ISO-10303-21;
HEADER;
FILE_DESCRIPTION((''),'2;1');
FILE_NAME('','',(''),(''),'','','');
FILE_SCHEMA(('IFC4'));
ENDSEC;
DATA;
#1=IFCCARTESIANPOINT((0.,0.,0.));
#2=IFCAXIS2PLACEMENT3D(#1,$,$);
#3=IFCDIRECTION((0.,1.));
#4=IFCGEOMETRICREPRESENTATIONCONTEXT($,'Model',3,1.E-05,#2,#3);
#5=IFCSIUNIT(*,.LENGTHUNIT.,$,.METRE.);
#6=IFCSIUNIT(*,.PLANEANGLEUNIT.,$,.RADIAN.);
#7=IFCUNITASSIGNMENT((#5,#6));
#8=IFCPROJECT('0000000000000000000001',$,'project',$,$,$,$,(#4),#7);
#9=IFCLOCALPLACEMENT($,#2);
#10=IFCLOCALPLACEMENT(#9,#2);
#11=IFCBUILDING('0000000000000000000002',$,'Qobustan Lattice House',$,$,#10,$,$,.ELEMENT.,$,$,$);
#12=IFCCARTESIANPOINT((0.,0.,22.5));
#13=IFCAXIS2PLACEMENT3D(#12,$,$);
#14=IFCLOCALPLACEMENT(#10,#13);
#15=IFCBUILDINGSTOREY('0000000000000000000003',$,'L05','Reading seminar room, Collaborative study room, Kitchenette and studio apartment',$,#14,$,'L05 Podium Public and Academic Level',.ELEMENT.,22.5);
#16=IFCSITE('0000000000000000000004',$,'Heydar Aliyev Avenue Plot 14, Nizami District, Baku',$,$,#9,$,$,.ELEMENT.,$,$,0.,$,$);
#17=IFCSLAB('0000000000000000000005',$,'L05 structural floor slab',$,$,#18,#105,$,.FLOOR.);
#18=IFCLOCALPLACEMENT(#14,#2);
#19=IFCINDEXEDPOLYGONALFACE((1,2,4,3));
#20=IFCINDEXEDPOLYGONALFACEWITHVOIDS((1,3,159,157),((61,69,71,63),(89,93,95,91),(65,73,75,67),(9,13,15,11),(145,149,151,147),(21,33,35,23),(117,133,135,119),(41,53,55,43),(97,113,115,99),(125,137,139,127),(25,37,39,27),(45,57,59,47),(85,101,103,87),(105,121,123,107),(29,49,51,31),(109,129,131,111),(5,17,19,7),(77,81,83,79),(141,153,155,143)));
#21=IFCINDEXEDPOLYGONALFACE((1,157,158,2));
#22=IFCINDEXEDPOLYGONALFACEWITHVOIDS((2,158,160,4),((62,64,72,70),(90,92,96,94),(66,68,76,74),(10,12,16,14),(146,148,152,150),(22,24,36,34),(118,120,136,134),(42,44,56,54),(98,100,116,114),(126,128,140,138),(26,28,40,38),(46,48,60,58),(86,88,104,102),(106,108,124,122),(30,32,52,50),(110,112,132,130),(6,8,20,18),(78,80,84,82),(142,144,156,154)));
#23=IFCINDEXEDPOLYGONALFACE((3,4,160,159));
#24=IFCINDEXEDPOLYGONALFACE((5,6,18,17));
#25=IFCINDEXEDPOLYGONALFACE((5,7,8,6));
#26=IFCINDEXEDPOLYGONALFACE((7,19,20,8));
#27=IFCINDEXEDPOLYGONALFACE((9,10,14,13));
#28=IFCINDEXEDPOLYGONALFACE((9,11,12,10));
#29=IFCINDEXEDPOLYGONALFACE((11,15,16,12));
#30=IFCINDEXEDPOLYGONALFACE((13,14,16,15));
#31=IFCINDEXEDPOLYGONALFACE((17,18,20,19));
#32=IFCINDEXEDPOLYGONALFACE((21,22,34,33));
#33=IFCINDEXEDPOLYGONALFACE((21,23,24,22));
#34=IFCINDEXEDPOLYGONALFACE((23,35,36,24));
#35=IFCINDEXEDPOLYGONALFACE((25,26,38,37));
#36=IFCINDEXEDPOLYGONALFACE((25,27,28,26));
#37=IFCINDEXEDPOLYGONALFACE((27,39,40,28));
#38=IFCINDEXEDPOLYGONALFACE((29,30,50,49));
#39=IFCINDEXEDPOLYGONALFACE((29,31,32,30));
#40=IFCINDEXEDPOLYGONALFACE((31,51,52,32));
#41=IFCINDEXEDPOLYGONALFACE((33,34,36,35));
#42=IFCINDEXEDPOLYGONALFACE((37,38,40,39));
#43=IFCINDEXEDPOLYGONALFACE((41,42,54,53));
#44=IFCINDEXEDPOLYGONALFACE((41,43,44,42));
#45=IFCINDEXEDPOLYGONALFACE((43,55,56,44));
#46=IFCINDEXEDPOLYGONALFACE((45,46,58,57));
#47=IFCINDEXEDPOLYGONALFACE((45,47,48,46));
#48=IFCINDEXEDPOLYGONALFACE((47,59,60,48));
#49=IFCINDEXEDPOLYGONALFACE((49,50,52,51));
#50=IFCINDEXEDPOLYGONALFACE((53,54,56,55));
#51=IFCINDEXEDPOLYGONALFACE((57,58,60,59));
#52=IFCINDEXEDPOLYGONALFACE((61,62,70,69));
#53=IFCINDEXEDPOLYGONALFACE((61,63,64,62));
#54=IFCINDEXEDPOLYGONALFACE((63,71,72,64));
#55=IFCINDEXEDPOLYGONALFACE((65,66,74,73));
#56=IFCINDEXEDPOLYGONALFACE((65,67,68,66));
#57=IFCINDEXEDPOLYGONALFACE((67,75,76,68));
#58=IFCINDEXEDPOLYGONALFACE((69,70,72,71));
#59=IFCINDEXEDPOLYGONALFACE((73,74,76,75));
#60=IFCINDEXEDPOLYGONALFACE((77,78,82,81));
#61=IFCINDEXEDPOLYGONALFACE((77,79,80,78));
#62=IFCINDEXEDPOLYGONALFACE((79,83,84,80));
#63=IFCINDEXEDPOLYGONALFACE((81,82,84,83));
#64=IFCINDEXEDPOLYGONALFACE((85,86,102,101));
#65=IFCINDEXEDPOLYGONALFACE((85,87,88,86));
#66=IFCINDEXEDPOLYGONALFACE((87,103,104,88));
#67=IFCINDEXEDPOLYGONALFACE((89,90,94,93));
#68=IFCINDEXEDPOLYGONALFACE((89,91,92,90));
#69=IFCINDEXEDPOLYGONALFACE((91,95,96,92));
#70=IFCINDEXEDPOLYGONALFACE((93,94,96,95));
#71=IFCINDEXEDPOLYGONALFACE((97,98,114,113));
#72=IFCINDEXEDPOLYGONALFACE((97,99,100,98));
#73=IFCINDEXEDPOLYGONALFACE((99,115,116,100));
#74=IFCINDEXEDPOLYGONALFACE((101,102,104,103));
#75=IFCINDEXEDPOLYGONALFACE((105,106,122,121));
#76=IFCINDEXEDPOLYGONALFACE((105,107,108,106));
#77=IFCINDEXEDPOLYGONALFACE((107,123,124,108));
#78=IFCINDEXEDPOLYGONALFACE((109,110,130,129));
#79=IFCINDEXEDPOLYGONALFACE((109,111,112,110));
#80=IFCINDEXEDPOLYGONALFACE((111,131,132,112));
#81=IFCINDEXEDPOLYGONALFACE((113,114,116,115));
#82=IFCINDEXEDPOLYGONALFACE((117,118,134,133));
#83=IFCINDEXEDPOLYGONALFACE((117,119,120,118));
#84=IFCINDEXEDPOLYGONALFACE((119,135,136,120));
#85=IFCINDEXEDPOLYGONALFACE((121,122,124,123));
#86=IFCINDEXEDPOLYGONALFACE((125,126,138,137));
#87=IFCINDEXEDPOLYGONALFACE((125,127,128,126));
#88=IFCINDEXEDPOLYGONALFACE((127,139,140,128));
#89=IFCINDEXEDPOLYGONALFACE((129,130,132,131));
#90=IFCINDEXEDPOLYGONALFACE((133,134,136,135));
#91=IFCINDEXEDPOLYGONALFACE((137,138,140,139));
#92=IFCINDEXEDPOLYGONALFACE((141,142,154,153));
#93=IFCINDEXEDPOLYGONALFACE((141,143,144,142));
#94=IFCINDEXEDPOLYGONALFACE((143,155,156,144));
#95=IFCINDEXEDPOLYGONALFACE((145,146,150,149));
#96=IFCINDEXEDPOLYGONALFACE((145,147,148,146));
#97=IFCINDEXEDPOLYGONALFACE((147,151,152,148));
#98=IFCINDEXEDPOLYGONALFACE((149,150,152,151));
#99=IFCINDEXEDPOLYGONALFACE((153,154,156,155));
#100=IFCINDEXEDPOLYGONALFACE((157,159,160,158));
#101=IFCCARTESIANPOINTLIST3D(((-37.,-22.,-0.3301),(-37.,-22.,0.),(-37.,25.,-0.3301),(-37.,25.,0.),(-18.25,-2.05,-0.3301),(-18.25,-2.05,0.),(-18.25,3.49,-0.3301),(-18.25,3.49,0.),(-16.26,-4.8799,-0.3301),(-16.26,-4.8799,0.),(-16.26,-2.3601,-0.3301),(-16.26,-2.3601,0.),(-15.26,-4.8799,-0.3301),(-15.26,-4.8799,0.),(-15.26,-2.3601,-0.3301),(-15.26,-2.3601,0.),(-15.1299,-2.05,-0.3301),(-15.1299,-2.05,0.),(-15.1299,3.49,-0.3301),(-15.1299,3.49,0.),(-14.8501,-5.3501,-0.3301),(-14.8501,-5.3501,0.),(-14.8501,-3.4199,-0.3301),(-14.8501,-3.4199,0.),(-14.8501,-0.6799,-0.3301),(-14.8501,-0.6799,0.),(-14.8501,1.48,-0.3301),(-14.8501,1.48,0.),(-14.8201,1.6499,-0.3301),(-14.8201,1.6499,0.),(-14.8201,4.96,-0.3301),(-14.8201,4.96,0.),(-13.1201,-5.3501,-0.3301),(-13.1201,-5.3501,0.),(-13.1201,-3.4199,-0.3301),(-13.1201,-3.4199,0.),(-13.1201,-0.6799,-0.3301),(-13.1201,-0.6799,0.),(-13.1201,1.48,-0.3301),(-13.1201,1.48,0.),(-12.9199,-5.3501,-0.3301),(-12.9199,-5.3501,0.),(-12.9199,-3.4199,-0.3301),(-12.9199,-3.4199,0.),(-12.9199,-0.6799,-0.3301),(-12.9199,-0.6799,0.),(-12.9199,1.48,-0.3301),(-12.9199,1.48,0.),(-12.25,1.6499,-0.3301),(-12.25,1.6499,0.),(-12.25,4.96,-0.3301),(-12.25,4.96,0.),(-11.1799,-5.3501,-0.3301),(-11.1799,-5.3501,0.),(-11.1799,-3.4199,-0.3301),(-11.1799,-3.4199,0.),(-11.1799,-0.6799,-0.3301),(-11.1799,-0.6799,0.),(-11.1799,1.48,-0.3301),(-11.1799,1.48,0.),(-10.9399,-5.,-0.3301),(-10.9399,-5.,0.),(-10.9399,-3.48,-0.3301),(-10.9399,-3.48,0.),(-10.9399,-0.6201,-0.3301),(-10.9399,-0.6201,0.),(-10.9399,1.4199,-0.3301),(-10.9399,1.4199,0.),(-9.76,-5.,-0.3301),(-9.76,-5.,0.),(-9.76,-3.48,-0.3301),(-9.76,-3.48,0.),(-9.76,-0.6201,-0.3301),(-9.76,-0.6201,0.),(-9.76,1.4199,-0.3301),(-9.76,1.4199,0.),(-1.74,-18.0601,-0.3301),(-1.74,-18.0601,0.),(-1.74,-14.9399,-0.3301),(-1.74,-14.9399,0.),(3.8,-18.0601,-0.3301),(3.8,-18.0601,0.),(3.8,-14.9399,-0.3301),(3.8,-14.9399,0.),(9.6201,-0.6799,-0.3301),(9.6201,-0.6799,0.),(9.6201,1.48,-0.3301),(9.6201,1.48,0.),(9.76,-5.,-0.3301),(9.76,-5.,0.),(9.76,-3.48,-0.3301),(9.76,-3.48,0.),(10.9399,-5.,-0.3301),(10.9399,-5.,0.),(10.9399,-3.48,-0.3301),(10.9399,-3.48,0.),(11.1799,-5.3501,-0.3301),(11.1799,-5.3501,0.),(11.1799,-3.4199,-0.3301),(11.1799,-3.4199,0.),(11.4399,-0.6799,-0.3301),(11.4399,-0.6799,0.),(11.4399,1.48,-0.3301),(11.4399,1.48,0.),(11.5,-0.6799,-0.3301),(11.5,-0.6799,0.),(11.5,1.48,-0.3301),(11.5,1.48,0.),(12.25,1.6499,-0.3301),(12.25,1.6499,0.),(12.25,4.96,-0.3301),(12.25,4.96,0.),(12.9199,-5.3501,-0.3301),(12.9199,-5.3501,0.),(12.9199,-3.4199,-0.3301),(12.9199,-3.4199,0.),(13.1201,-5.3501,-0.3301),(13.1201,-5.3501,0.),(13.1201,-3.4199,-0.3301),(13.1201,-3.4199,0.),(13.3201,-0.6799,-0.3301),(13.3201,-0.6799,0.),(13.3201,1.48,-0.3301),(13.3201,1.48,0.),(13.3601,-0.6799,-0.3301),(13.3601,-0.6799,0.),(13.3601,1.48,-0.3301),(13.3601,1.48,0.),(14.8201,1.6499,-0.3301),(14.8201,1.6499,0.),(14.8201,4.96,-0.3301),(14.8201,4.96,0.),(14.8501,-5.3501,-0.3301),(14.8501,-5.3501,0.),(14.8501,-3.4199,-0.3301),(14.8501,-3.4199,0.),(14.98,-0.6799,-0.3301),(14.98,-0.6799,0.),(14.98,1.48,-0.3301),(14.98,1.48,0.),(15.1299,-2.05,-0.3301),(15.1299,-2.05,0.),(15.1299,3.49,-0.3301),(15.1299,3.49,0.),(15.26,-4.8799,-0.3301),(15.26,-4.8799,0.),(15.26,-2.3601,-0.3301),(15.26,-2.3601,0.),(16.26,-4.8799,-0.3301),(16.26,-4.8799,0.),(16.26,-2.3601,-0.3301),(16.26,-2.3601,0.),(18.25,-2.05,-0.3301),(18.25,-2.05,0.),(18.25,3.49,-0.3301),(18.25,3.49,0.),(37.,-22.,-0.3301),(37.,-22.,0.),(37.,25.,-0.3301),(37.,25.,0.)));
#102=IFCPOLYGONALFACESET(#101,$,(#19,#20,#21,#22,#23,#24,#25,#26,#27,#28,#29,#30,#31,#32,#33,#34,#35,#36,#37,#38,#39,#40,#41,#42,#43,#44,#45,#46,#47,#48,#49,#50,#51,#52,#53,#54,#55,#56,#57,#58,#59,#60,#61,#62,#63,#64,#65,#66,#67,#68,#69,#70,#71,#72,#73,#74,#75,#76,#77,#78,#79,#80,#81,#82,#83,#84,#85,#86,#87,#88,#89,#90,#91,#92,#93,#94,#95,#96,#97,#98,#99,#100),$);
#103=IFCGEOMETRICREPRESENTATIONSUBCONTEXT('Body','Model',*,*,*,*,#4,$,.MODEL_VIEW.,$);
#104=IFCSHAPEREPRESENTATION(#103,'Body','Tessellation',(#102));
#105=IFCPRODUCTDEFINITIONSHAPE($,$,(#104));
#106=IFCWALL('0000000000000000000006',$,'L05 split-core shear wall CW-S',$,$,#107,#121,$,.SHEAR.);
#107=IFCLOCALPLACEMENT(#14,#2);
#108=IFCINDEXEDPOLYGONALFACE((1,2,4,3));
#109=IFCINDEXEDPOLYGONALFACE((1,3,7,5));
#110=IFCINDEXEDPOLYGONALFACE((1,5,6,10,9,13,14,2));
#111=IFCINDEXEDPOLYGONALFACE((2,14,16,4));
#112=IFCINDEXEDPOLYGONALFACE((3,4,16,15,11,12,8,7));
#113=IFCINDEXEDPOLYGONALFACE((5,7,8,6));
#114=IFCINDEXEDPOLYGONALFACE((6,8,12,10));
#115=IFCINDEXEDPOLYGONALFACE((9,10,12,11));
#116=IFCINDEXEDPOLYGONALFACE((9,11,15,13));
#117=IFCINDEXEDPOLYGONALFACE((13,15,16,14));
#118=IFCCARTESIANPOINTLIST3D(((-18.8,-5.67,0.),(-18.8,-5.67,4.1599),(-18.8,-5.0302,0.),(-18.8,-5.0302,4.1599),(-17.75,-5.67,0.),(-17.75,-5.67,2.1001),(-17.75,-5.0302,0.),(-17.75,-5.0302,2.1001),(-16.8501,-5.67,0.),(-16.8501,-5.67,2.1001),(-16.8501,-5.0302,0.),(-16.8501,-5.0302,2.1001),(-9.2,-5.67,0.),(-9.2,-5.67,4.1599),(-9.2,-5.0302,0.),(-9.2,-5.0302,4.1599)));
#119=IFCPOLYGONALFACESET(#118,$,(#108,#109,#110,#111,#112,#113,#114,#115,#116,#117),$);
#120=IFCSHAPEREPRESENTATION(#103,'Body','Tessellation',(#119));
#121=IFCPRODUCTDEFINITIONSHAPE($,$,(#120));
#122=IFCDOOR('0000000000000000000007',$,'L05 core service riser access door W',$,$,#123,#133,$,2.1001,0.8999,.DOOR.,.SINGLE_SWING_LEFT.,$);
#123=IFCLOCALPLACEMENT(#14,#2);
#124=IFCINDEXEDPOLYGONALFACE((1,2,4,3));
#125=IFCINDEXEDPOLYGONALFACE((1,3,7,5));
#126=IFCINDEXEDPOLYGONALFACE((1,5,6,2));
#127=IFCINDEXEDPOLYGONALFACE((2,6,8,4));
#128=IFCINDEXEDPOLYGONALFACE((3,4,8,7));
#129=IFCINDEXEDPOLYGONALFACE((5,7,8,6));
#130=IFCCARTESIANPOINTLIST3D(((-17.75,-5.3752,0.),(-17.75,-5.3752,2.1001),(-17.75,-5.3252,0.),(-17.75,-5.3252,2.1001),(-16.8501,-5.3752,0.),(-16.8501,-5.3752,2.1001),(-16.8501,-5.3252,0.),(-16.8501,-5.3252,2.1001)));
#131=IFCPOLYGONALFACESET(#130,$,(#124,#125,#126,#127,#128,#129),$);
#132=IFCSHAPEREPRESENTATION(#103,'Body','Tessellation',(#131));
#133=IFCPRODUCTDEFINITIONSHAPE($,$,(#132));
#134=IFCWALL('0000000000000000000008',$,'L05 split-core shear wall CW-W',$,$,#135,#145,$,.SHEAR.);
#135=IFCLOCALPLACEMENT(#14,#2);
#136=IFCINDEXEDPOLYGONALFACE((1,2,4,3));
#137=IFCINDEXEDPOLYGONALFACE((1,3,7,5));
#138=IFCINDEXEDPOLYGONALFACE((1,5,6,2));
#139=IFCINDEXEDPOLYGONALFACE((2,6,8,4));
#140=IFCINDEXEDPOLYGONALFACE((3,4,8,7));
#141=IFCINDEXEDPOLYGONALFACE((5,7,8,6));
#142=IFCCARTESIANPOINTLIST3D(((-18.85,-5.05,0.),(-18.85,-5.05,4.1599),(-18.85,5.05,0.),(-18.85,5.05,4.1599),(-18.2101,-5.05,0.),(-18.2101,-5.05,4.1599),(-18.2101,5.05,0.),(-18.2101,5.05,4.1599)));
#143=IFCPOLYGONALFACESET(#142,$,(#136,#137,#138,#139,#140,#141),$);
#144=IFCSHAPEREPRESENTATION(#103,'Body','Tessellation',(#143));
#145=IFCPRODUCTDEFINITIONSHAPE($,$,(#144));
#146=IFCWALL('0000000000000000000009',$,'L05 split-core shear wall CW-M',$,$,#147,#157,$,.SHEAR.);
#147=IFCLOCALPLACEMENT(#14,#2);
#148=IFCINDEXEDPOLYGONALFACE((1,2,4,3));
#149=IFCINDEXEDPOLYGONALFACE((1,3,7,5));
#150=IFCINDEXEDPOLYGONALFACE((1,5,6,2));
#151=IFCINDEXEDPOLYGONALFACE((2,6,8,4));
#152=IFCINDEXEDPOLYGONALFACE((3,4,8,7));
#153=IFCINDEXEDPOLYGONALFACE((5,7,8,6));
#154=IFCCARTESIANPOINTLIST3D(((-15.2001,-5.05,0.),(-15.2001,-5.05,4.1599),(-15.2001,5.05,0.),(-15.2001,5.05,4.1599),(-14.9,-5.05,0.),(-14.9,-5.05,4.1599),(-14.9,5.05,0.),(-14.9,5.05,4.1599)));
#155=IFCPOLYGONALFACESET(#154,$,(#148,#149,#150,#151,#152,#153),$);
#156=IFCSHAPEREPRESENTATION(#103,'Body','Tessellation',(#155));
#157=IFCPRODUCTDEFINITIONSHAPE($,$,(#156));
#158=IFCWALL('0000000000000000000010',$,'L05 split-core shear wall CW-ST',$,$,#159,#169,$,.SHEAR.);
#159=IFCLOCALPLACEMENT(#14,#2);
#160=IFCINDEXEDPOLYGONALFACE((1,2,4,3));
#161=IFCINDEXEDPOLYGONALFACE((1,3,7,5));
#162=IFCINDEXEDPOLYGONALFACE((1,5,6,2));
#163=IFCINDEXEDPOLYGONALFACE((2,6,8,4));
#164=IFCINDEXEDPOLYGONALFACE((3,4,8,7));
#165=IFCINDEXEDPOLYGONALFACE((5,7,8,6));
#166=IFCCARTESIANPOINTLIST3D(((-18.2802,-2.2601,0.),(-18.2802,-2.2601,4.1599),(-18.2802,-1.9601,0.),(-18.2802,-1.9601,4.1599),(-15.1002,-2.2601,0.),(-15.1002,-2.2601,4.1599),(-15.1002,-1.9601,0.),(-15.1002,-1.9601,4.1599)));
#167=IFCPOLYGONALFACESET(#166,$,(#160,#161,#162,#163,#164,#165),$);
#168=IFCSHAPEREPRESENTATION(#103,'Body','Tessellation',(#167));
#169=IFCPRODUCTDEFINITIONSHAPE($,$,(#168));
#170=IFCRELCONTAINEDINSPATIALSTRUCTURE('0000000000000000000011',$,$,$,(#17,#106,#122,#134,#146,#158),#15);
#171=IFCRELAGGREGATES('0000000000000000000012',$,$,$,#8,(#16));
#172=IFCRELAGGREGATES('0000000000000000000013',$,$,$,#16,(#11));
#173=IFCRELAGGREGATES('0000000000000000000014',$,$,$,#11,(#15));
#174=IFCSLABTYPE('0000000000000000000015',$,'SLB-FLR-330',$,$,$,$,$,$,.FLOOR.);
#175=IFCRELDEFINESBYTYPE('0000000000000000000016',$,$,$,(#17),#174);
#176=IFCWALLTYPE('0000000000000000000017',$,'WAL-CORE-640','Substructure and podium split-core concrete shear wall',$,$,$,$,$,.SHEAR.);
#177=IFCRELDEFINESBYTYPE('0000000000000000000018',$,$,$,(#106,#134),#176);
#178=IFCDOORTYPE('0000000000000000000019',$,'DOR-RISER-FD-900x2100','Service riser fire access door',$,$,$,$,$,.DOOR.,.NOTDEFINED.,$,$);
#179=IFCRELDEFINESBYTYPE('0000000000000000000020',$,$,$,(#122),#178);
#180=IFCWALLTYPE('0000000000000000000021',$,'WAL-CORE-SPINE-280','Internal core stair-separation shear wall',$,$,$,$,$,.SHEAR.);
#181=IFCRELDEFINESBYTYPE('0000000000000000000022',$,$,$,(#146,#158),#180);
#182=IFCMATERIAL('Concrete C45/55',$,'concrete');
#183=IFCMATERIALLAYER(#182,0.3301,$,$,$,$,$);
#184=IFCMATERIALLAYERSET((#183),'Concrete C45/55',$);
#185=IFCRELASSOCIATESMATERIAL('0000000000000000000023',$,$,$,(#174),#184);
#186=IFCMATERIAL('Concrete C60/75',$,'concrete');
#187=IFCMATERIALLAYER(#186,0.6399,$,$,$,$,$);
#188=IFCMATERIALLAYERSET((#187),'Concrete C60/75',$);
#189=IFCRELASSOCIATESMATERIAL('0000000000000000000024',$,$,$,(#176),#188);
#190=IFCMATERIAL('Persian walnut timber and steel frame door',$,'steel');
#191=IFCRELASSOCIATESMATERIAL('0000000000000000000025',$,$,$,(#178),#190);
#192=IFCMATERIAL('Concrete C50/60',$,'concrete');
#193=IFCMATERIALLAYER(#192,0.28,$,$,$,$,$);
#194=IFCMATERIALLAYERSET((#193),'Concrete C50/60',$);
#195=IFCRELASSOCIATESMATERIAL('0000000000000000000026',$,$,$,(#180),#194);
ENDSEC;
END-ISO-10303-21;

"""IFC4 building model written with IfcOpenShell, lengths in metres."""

from ifc_helpers import new_model, si_unit, direction, frame, frame_2d, origin, place, context, subcontext, project, spatial, polyline, rectangle, outline, extrude, material, layer, layer_set, type_object, element, fill, save


model = new_model("IFC4")

# Units and contexts
model_context = context("Model", 3, precision=1e-05, world=origin(), true_north=direction((0.0, 1.0)))
body_context = subcontext(model_context, "Body", "Model", "MODEL_VIEW")
ifc_project = project(units=[si_unit("LENGTHUNIT", "METRE"), si_unit("PLANEANGLEUNIT", "RADIAN")], contexts=[model_context])

# Site, building, storey
site_placement = place(None, origin())
site = spatial("IfcSite", under=ifc_project, at=site_placement, Name="Heydar Aliyev Avenue Plot 14, Nizami District, Baku", CompositionType="ELEMENT", RefElevation=0.0)
building_placement = place(site_placement, origin())
building = spatial("IfcBuilding", under=site, at=building_placement, Name="Qobustan Lattice House", CompositionType="ELEMENT")
storey_placement = place(building_placement, frame((0.0, 0.0, 22.5)))
storey = spatial("IfcBuildingStorey", under=building, at=storey_placement, Name="L05", Description="Reading seminar room, Collaborative study room, Kitchenette and studio apartment", LongName="L05 Podium Public and Academic Level", CompositionType="ELEMENT", Elevation=22.5)

# Slab
ifc_material_1 = material(Name="Concrete C45/55", Category="concrete")
ifc_layer_1 = layer(ifc_material_1, 0.3301)
ifc_layer_set_1 = layer_set([ifc_layer_1], Name="Concrete C45/55")
slab_type = type_object("IfcSlabType", Name="SLB-FLR-330", PredefinedType="FLOOR", material=ifc_layer_set_1)
slab_placement = place(storey_placement, frame((0.0, 0.0, -0.3301)))
element("IfcSlab", 1, at=slab_placement, inside=storey, type_object=slab_type, Name="L05 structural floor slab", PredefinedType="FLOOR", context=body_context, shape_type="SweptSolid", body=[
    extrude(outline(polyline([(-37.0, -22.0), (37.0, -22.0), (37.0, 25.0), (-37.0, 25.0), (-37.0, -22.0)]), holes=[polyline([(-18.25, -2.05), (-18.25, 3.49), (-15.1299, 3.49), (-15.1299, -2.05), (-18.25, -2.05)]), polyline([(15.1299, -2.05), (15.1299, 3.49), (18.25, 3.49), (18.25, -2.05), (15.1299, -2.05)]), polyline([(-14.8201, 1.6499), (-14.8201, 4.96), (-12.25, 4.96), (-12.25, 1.6499), (-14.8201, 1.6499)]), polyline([(12.25, 1.6499), (12.25, 4.96), (14.8201, 4.96), (14.8201, 1.6499), (12.25, 1.6499)]), polyline([(-16.26, -4.8799), (-16.26, -2.3601), (-15.26, -2.3601), (-15.26, -4.8799), (-16.26, -4.8799)]), polyline([(15.26, -4.8799), (15.26, -2.3601), (16.26, -2.3601), (16.26, -4.8799), (15.26, -4.8799)]), polyline([(-14.8501, -5.3501), (-14.8501, -3.4199), (-13.1201, -3.4199), (-13.1201, -5.3501), (-14.8501, -5.3501)]), polyline([(-12.9199, -5.3501), (-12.9199, -3.4199), (-11.1799, -3.4199), (-11.1799, -5.3501), (-12.9199, -5.3501)]), polyline([(-14.8501, -0.6799), (-14.8501, 1.48), (-13.1201, 1.48), (-13.1201, -0.6799), (-14.8501, -0.6799)]), polyline([(-12.9199, -0.6799), (-12.9199, 1.48), (-11.1799, 1.48), (-11.1799, -0.6799), (-12.9199, -0.6799)]), polyline([(-10.9399, -5.0), (-10.9399, -3.48), (-9.76, -3.48), (-9.76, -5.0), (-10.9399, -5.0)]), polyline([(-10.9399, -0.6201), (-10.9399, 1.4199), (-9.76, 1.4199), (-9.76, -0.6201), (-10.9399, -0.6201)]), polyline([(11.1799, -5.3501), (11.1799, -3.4199), (12.9199, -3.4199), (12.9199, -5.3501), (11.1799, -5.3501)]), polyline([(13.1201, -5.3501), (13.1201, -3.4199), (14.8501, -3.4199), (14.8501, -5.3501), (13.1201, -5.3501)]), polyline([(9.76, -5.0), (9.76, -3.48), (10.9399, -3.48), (10.9399, -5.0), (9.76, -5.0)]), polyline([(13.3601, -0.6799), (13.3601, 1.48), (14.98, 1.48), (14.98, -0.6799), (13.3601, -0.6799)]), polyline([(9.6201, -0.6799), (9.6201, 1.48), (11.4399, 1.48), (11.4399, -0.6799), (9.6201, -0.6799)]), polyline([(11.5, -0.6799), (11.5, 1.48), (13.3201, 1.48), (13.3201, -0.6799), (11.5, -0.6799)]), polyline([(-1.74, -18.0601), (-1.74, -14.9399), (3.8, -14.9399), (3.8, -18.0601), (-1.74, -18.0601)])]), origin(), (0.0, 0.0, 1.0), 0.3301),
])

# Wall, opening, door
ifc_material_2 = material(Name="Concrete C60/75", Category="concrete")
ifc_layer_2 = layer(ifc_material_2, 0.6399)
ifc_layer_set_2 = layer_set([ifc_layer_2], Name="Concrete C60/75")
wall_type_1 = type_object("IfcWallType", Name="WAL-CORE-640", Description="Substructure and podium split-core concrete shear wall", PredefinedType="SHEAR", material=ifc_layer_set_2)
wall_1_placement = place(storey_placement, frame((-18.8, -5.3501, 0.0), z_axis=(0.0, 0.0, 1.0), x_axis=(1.0, 0.0, 0.0)))
wall_1 = element("IfcWall", 2, at=wall_1_placement, inside=storey, type_object=wall_type_1, Name="L05 split-core shear wall CW-S", PredefinedType="SHEAR", context=body_context, shape_type="SweptSolid", body=[
    extrude(rectangle(XDim=9.6001, YDim=0.6399, at=frame_2d((4.8, 0.0))), origin(), (0.0, 0.0, 1.0), 4.1599),
])
opening_1_placement = place(wall_1_placement, frame((1.05, 0.0, 0.0)))
opening_1 = element("IfcOpeningElement", 3, at=opening_1_placement, cuts=wall_1, PredefinedType="OPENING", context=body_context, shape_type="SweptSolid", body=[
    extrude(rectangle(XDim=0.8999, YDim=2.1001, at=frame_2d((0.45, 1.05))), frame((0.0, 0.3298, 0.0), z_axis=(0.0, -1.0, 0.0), x_axis=(1.0, 0.0, 0.0)), (0.0, 0.0, 1.0), 0.6599),
])
ifc_material_3 = material(Name="Persian walnut timber and steel frame door", Category="steel")
door_type_1 = type_object("IfcDoorType", Name="DOR-RISER-FD-900x2100", Description="Service riser fire access door", OperationType="NOTDEFINED", PredefinedType="DOOR", material=ifc_material_3)
door_1_placement = place(opening_1_placement, origin())
door_1 = element("IfcDoor", 4, at=door_1_placement, inside=storey, type_object=door_type_1, Name="L05 core service riser access door W", OperationType="SINGLE_SWING_LEFT", OverallHeight=2.1001, OverallWidth=0.8999, PredefinedType="DOOR", context=body_context, shape_type="SweptSolid", body=[
    extrude(rectangle(XDim=0.8999, YDim=2.1001, at=frame_2d((0.45, 1.05))), frame((0.0, 0.0249, 0.0), z_axis=(0.0, -1.0, 0.0), x_axis=(1.0, 0.0, 0.0)), (0.0, 0.0, 1.0), 0.05),
])
fill(opening_1, door_1)

# Wall
wall_2_placement = place(storey_placement, frame((-18.53, -5.05, 0.0), z_axis=(0.0, 0.0, 1.0), x_axis=(0.0, 1.0, 0.0)))
element("IfcWall", 5, at=wall_2_placement, inside=storey, type_object=wall_type_1, Name="L05 split-core shear wall CW-W", PredefinedType="SHEAR", context=body_context, shape_type="SweptSolid", body=[
    extrude(rectangle(XDim=10.1001, YDim=0.6399, at=frame_2d((5.05, 0.0))), origin(), (0.0, 0.0, 1.0), 4.1599),
])

# Walls
ifc_material_4 = material(Name="Concrete C50/60", Category="concrete")
ifc_layer_3 = layer(ifc_material_4, 0.28)
ifc_layer_set_3 = layer_set([ifc_layer_3], Name="Concrete C50/60")
wall_type_2 = type_object("IfcWallType", Name="WAL-CORE-SPINE-280", Description="Internal core stair-separation shear wall", PredefinedType="SHEAR", material=ifc_layer_set_3)
wall_3_placement = place(storey_placement, frame((-15.05, -5.05, 0.0), z_axis=(0.0, 0.0, 1.0), x_axis=(0.0, 1.0, 0.0)))
element("IfcWall", 6, at=wall_3_placement, inside=storey, type_object=wall_type_2, Name="L05 split-core shear wall CW-M", PredefinedType="SHEAR", context=body_context, shape_type="SweptSolid", body=[
    extrude(rectangle(XDim=10.1001, YDim=0.3, at=frame_2d((5.05, 0.0))), origin(), (0.0, 0.0, 1.0), 4.1599),
])
wall_4_placement = place(storey_placement, frame((-18.28, -2.1101, 0.0), z_axis=(0.0, 0.0, 1.0), x_axis=(1.0, 0.0, 0.0)))
element("IfcWall", 7, at=wall_4_placement, inside=storey, type_object=wall_type_2, Name="L05 split-core shear wall CW-ST", PredefinedType="SHEAR", context=body_context, shape_type="SweptSolid", body=[
    extrude(rectangle(XDim=3.1799, YDim=0.3, at=frame_2d((1.5898, 0.0))), origin(), (0.0, 0.0, 1.0), 4.1599),
])

save(model, "model.ifc")
